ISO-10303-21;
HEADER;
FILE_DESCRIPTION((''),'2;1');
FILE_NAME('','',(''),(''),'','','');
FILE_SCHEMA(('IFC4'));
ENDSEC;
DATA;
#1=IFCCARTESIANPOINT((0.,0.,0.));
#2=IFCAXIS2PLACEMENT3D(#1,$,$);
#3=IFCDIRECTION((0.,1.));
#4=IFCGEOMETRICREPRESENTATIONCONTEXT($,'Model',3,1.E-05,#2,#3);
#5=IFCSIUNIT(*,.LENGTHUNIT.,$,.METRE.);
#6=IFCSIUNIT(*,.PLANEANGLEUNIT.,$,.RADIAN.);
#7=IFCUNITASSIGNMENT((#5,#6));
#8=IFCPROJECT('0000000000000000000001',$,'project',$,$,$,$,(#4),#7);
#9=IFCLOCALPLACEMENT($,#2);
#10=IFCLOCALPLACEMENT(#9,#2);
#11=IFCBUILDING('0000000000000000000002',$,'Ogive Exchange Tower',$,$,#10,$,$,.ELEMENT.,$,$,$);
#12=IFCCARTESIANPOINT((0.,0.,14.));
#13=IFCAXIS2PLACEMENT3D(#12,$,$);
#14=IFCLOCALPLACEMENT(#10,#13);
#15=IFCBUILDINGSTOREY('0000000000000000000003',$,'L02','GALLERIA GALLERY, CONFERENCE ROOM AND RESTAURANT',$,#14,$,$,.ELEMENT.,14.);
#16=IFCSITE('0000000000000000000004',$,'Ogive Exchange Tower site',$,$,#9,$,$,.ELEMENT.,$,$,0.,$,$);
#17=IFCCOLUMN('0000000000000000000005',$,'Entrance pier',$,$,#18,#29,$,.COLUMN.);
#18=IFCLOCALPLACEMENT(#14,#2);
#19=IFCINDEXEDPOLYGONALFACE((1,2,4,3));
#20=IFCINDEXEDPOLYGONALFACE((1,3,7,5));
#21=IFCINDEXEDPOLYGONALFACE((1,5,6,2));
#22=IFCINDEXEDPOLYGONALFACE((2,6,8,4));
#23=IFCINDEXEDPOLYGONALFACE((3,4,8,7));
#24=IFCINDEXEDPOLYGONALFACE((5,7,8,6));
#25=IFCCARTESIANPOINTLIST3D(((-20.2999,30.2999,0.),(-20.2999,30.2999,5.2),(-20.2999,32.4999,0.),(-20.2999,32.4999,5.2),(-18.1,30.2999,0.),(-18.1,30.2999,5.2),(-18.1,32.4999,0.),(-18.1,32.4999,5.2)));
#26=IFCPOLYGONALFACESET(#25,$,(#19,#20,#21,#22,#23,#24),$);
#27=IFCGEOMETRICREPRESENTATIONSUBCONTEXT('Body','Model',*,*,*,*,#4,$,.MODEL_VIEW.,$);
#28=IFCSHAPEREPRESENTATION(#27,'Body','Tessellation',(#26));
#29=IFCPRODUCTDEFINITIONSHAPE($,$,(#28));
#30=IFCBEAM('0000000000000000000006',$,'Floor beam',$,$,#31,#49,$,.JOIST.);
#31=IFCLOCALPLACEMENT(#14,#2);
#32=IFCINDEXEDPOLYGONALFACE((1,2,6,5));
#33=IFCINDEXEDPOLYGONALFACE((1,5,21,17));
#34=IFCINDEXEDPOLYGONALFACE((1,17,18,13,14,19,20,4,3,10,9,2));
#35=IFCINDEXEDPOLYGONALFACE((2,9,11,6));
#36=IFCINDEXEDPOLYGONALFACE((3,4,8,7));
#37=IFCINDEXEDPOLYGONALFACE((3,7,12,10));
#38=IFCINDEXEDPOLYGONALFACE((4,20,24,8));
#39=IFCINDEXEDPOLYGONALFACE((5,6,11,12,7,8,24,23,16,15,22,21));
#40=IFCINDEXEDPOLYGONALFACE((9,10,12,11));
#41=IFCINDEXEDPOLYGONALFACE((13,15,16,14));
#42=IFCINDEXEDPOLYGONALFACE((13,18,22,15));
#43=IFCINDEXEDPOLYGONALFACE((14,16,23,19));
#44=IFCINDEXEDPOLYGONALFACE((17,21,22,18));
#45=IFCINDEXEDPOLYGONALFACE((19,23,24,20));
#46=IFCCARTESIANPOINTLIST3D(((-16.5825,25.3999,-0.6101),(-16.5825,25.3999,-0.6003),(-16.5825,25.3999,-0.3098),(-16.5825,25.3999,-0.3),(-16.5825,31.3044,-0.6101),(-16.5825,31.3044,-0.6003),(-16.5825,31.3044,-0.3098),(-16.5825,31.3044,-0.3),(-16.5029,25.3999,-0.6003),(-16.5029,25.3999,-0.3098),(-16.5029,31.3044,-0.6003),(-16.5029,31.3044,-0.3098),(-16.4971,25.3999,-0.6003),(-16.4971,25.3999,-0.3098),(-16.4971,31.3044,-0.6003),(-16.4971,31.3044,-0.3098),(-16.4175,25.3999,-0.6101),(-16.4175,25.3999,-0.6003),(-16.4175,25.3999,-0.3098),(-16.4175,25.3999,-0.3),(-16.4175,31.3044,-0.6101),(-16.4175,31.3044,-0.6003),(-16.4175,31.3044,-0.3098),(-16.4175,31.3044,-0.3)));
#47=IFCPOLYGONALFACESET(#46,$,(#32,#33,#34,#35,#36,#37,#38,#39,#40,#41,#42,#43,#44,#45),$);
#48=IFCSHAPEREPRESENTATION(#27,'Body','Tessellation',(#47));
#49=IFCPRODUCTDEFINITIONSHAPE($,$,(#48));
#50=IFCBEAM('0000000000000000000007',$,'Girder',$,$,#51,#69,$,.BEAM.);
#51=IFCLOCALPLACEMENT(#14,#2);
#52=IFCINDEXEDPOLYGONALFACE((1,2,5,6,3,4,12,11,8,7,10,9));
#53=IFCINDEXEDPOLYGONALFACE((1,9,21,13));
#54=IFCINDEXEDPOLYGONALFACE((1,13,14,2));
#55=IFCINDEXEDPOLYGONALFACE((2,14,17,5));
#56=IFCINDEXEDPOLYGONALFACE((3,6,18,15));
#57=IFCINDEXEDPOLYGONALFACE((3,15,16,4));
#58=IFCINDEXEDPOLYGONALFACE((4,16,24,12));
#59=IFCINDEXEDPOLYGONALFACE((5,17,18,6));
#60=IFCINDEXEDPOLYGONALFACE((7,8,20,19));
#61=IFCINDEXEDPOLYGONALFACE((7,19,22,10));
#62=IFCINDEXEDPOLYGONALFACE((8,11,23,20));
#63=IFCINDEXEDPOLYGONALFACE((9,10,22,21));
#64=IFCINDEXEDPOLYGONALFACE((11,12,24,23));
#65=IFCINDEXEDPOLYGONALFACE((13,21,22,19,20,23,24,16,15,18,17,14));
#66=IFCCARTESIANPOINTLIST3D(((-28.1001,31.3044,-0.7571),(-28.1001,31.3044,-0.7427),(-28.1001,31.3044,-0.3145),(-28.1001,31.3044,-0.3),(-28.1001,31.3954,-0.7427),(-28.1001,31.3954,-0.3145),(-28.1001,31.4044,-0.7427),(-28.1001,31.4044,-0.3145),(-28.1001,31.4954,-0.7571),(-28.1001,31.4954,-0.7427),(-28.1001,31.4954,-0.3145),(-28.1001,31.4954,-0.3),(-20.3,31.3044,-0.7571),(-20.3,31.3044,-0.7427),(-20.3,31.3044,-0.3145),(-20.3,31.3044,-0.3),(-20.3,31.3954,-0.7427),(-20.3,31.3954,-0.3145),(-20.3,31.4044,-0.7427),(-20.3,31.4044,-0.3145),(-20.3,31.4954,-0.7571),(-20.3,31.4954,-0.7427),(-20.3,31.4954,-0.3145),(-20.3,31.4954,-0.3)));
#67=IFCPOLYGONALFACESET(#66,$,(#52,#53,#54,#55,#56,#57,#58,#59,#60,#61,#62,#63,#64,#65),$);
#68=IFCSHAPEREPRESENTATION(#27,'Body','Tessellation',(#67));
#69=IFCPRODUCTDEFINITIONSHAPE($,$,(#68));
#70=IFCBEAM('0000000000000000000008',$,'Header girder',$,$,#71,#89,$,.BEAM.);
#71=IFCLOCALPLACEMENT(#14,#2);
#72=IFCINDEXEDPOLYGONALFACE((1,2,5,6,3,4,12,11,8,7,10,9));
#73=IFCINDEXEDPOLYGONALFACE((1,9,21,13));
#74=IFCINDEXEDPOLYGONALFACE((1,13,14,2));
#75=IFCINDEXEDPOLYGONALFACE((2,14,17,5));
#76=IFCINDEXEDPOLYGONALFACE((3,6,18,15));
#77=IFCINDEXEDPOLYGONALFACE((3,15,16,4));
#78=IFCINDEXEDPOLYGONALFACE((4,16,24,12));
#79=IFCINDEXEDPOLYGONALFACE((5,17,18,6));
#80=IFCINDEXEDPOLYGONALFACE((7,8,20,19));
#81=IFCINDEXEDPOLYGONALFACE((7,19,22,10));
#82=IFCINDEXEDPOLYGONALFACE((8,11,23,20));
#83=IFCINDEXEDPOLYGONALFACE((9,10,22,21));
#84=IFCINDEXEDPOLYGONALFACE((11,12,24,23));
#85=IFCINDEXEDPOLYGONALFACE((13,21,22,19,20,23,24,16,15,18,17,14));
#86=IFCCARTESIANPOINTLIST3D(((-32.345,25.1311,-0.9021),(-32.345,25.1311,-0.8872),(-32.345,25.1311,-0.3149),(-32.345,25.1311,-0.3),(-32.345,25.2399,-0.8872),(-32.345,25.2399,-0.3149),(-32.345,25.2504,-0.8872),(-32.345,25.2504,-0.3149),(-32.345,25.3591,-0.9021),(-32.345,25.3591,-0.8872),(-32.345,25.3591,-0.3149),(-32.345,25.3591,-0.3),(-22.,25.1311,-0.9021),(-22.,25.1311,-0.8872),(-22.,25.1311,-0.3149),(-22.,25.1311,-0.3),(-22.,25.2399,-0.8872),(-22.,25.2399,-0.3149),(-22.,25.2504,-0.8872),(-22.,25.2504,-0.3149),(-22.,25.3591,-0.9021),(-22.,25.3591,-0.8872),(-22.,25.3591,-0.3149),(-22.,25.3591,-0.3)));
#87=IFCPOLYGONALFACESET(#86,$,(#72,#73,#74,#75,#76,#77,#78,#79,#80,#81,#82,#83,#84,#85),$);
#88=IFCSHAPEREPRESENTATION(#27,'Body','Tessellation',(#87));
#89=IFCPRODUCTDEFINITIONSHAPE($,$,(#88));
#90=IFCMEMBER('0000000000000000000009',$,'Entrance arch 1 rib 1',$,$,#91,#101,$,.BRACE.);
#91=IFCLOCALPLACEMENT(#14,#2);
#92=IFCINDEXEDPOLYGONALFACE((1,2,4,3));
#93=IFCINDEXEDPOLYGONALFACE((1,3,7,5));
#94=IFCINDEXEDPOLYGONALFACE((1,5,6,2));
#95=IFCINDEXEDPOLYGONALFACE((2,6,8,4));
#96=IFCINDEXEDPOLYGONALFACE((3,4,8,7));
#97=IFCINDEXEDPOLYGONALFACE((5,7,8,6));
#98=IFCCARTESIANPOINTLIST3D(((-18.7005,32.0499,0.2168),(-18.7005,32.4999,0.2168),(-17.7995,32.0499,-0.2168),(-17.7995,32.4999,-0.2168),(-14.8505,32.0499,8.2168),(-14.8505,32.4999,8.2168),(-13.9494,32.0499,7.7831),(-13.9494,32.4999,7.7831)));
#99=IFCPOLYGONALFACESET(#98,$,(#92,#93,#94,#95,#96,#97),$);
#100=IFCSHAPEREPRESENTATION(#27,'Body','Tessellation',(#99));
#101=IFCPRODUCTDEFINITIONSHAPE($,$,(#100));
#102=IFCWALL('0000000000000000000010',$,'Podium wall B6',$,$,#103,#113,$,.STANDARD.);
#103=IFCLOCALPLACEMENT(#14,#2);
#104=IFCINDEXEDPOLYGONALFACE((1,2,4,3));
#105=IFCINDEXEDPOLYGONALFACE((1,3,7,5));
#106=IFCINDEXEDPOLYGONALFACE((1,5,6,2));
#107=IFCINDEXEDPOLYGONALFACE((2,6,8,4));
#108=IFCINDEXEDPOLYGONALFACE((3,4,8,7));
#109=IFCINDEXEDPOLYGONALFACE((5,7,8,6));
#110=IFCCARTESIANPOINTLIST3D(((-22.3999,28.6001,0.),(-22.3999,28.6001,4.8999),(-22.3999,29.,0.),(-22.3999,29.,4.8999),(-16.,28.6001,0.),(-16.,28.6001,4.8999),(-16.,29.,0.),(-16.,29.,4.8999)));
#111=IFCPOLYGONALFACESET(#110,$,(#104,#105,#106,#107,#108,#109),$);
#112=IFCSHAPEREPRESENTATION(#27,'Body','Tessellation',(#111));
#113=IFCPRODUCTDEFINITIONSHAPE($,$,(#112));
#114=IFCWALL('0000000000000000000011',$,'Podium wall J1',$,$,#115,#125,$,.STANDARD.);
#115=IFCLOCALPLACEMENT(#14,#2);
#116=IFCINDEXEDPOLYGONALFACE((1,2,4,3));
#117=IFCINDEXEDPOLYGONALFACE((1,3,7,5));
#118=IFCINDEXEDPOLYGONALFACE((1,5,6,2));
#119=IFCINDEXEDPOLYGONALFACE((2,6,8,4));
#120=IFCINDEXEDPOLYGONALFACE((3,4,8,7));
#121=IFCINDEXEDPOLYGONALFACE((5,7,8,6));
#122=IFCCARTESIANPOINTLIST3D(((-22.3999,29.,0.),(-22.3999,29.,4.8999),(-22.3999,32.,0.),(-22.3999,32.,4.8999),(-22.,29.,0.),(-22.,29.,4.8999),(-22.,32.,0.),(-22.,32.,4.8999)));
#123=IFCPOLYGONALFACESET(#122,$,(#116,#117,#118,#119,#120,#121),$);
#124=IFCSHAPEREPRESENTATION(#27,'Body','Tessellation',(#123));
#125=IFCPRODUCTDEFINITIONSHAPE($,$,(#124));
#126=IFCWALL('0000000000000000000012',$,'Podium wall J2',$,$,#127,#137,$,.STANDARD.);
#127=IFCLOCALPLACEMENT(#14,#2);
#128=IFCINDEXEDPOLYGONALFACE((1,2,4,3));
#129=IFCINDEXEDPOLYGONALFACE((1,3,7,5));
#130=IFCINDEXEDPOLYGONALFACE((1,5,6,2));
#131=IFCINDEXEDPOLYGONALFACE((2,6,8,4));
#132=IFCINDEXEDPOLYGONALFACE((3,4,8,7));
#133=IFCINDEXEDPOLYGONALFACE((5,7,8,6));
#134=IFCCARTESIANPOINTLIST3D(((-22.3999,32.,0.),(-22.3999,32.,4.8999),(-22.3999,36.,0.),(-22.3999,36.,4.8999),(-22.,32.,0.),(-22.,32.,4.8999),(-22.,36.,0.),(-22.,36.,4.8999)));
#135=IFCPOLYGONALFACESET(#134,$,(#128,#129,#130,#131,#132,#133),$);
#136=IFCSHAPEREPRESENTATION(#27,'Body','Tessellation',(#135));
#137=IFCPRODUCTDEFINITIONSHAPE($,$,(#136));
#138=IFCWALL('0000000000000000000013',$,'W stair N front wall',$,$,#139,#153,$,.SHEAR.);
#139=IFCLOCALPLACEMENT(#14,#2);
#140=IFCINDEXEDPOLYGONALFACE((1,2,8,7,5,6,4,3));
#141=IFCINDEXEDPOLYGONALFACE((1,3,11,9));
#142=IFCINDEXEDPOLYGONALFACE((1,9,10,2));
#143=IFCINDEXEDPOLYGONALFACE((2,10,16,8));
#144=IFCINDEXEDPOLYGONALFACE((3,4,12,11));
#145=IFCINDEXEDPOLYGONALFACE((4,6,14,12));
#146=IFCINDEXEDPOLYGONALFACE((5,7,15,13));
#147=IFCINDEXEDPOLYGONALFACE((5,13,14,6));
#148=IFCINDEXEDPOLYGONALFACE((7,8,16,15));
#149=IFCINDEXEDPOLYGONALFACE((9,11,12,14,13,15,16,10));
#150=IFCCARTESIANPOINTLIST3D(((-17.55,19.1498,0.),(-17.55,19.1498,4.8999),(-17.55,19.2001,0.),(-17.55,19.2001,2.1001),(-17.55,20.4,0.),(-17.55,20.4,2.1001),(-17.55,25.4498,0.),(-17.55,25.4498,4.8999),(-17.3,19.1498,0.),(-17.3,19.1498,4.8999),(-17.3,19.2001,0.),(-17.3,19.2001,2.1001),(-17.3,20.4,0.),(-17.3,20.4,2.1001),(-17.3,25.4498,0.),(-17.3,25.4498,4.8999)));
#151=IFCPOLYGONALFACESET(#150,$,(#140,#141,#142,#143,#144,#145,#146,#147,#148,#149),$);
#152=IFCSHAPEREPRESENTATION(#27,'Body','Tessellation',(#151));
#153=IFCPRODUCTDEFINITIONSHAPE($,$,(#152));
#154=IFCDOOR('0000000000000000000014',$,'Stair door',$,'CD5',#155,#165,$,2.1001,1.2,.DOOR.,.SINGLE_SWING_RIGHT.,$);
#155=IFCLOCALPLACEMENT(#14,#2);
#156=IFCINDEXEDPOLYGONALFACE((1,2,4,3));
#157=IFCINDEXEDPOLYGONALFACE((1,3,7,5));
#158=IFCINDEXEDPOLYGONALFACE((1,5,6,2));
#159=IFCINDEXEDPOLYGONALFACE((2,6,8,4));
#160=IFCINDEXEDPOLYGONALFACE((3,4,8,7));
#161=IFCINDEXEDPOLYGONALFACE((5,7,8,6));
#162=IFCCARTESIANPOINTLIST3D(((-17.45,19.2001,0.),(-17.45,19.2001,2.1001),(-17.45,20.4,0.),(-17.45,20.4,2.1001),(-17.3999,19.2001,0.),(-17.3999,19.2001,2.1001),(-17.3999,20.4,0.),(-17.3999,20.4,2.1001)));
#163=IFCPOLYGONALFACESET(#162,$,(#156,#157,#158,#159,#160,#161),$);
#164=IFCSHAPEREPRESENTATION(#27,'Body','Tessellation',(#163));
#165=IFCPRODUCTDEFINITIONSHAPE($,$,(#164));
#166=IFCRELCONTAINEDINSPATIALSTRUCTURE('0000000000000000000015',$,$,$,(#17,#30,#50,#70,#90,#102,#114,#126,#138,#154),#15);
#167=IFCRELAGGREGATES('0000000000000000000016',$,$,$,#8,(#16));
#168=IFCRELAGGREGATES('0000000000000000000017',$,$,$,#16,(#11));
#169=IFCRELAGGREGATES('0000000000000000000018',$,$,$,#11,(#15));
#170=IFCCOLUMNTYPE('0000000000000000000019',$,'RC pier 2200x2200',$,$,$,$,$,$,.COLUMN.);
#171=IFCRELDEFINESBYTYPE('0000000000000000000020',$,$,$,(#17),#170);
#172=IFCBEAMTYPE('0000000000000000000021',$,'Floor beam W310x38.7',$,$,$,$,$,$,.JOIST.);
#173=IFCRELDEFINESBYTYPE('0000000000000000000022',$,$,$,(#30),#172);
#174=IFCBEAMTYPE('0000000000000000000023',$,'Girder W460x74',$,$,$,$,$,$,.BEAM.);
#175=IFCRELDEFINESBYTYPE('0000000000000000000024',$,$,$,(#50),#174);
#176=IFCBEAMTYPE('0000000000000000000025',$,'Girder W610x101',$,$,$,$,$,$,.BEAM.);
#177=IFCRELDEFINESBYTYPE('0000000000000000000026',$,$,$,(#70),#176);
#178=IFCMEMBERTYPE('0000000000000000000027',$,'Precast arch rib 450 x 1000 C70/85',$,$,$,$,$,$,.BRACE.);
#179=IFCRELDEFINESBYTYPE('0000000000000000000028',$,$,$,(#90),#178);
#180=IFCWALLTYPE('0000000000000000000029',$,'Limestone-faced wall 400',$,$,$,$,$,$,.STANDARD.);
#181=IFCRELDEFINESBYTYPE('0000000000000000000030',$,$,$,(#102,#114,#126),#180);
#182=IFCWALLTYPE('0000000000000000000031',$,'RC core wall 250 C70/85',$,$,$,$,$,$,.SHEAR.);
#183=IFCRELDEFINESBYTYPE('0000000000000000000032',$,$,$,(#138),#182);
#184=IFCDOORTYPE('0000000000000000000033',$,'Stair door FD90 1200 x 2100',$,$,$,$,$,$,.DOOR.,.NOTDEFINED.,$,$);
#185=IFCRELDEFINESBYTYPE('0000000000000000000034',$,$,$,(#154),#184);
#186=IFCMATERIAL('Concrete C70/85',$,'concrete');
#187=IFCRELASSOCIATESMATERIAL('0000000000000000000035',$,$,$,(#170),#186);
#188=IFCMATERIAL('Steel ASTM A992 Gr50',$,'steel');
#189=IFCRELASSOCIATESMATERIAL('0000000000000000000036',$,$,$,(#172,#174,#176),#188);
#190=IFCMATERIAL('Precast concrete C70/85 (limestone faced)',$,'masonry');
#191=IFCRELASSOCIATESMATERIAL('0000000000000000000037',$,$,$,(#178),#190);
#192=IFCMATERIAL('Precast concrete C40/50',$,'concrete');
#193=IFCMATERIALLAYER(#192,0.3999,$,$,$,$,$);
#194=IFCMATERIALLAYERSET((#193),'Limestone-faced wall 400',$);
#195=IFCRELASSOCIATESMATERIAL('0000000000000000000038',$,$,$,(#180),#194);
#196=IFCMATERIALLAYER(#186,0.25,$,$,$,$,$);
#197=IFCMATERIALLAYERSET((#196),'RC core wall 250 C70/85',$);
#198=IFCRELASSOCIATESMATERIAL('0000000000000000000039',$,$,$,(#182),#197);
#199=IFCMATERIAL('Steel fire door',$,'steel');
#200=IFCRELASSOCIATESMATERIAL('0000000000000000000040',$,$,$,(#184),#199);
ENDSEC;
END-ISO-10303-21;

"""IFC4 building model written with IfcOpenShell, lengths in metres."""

from ifc_helpers import new_model, si_unit, direction, frame, frame_2d, origin, origin_2d, place, context, subcontext, project, spatial, rectangle, i_section, extrude, material, layer, layer_set, material_profile, profile_set, type_object, element, fill, save


model = new_model("IFC4")

# Units and contexts
model_context = context("Model", 3, precision=1e-05, world=origin(), true_north=direction((0.0, 1.0)))
body_context = subcontext(model_context, "Body", "Model", "MODEL_VIEW")
ifc_project = project(units=[si_unit("LENGTHUNIT", "METRE"), si_unit("PLANEANGLEUNIT", "RADIAN")], contexts=[model_context])

# Site, building, storey
site_placement = place(None, origin())
site = spatial("IfcSite", under=ifc_project, at=site_placement, Name="Ogive Exchange Tower site", CompositionType="ELEMENT", RefElevation=0.0)
building_placement = place(site_placement, origin())
building = spatial("IfcBuilding", under=site, at=building_placement, Name="Ogive Exchange Tower", CompositionType="ELEMENT")
storey_placement = place(building_placement, frame((0.0, 0.0, 14.0)))
storey = spatial("IfcBuildingStorey", under=building, at=storey_placement, Name="L02", Description="GALLERIA GALLERY, CONFERENCE ROOM AND RESTAURANT", CompositionType="ELEMENT", Elevation=14.0)

# Column
ifc_material_1 = material(Name="Concrete C70/85", Category="concrete")
ifc_material_profile_1 = material_profile(ifc_material_1, rectangle(XDim=2.2, YDim=2.2, at=origin_2d()), Name="RC 2200x2200")
ifc_profile_set_1 = profile_set([ifc_material_profile_1], Name="Concrete C70/85")
column_type = type_object("IfcColumnType", Name="RC pier 2200x2200", PredefinedType="COLUMN", material=ifc_profile_set_1)
column_placement = place(storey_placement, frame((-19.2, 31.3999, 0.0), z_axis=(0.0, 0.0, 1.0), x_axis=(1.0, 0.0, 0.0)))
element("IfcColumn", 1, at=column_placement, inside=storey, type_object=column_type, Name="Entrance pier", PredefinedType="COLUMN", context=body_context, shape_type="SweptSolid", body=[
    extrude(rectangle(XDim=2.2, YDim=2.2, at=origin_2d()), origin(), (0.0, 0.0, 1.0), 5.2),
])

# Beams
ifc_material_2 = material(Name="Steel ASTM A992 Gr50", Category="steel")
ifc_material_profile_2 = material_profile(ifc_material_2, i_section(OverallWidth=0.165, OverallDepth=0.3101, WebThickness=0.0059, FlangeThickness=0.0098, at=origin_2d()), Name="W310x38.7")
ifc_profile_set_2 = profile_set([ifc_material_profile_2], Name="Steel ASTM A992 Gr50")
beam_type_1 = type_object("IfcBeamType", Name="Floor beam W310x38.7", PredefinedType="JOIST", material=ifc_profile_set_2)
beam_1_placement = place(storey_placement, frame((-16.5, 25.3999, -0.4551), z_axis=(0.0, 1.0, 0.0), x_axis=(-1.0, 0.0, 0.0)))
element("IfcBeam", 2, at=beam_1_placement, inside=storey, type_object=beam_type_1, Name="Floor beam", PredefinedType="JOIST", context=body_context, shape_type="SweptSolid", body=[
    extrude(i_section(OverallWidth=0.165, OverallDepth=0.3101, WebThickness=0.0059, FlangeThickness=0.0098, at=origin_2d()), origin(), (0.0, 0.0, 1.0), 5.9045),
])
ifc_material_profile_3 = material_profile(ifc_material_2, i_section(OverallWidth=0.1909, OverallDepth=0.457, WebThickness=0.009, FlangeThickness=0.0144, at=origin_2d()), Name="W460x74")
ifc_profile_set_3 = profile_set([ifc_material_profile_3], Name="Steel ASTM A992 Gr50")
beam_type_2 = type_object("IfcBeamType", Name="Girder W460x74", PredefinedType="BEAM", material=ifc_profile_set_3)
beam_2_placement = place(storey_placement, frame((-20.3, 31.3999, -0.5286), z_axis=(-1.0, 0.0, 0.0), x_axis=(0.0, -1.0, 0.0)))
element("IfcBeam", 3, at=beam_2_placement, inside=storey, type_object=beam_type_2, Name="Girder", PredefinedType="BEAM", context=body_context, shape_type="SweptSolid", body=[
    extrude(i_section(OverallWidth=0.1909, OverallDepth=0.457, WebThickness=0.009, FlangeThickness=0.0144, at=origin_2d()), origin(), (0.0, 0.0, 1.0), 7.8),
])
ifc_material_profile_4 = material_profile(ifc_material_2, i_section(OverallWidth=0.228, OverallDepth=0.6021, WebThickness=0.0105, FlangeThickness=0.0149, at=origin_2d()), Name="W610x101")
ifc_profile_set_4 = profile_set([ifc_material_profile_4], Name="Steel ASTM A992 Gr50")
beam_type_3 = type_object("IfcBeamType", Name="Girder W610x101", PredefinedType="BEAM", material=ifc_profile_set_4)
beam_3_placement = place(storey_placement, frame((-22.0, 25.2451, -0.6011), z_axis=(-1.0, 0.0, 0.0), x_axis=(0.0, -1.0, 0.0)))
element("IfcBeam", 4, at=beam_3_placement, inside=storey, type_object=beam_type_3, Name="Header girder", PredefinedType="BEAM", context=body_context, shape_type="SweptSolid", body=[
    extrude(i_section(OverallWidth=0.228, OverallDepth=0.6021, WebThickness=0.0105, FlangeThickness=0.0149, at=origin_2d()), origin(), (0.0, 0.0, 1.0), 10.345),
])

# Member
ifc_material_3 = material(Name="Precast concrete C70/85 (limestone faced)", Category="masonry")
ifc_material_profile_5 = material_profile(ifc_material_3, rectangle(XDim=0.45, YDim=1.0, at=origin_2d()), Name="RIB 450 x 1000")
ifc_profile_set_5 = profile_set([ifc_material_profile_5], Name="Precast concrete C70/85 (limestone faced)")
member_type = type_object("IfcMemberType", Name="Precast arch rib 450 x 1000 C70/85", PredefinedType="BRACE", material=ifc_profile_set_5)
member_placement = place(storey_placement, frame((-18.25, 32.2749, 0.0), z_axis=(0.433655, 0.0, 0.901079), x_axis=(0.0, 1.0, 0.0)))
element("IfcMember", 5, at=member_placement, inside=storey, type_object=member_type, Name="Entrance arch 1 rib 1", PredefinedType="BRACE", context=body_context, shape_type="SweptSolid", body=[
    extrude(rectangle(XDim=0.45, YDim=1.0, at=origin_2d()), origin(), (0.0, 0.0, 1.0), 8.8782),
])

# Walls
ifc_material_4 = material(Name="Precast concrete C40/50", Category="concrete")
ifc_layer_1 = layer(ifc_material_4, 0.3999)
ifc_layer_set_1 = layer_set([ifc_layer_1], Name="Limestone-faced wall 400")
wall_type_1 = type_object("IfcWallType", Name="Limestone-faced wall 400", PredefinedType="STANDARD", material=ifc_layer_set_1)
wall_1_placement = place(storey_placement, frame((-16.0, 28.8, 0.0), z_axis=(0.0, 0.0, 1.0), x_axis=(-1.0, 0.0, 0.0)))
element("IfcWall", 6, at=wall_1_placement, inside=storey, type_object=wall_type_1, Name="Podium wall B6", PredefinedType="STANDARD", context=body_context, shape_type="SweptSolid", body=[
    extrude(rectangle(XDim=6.3999, YDim=0.3999, at=frame_2d((3.2, 0.0))), origin(), (0.0, 0.0, 1.0), 4.8999),
])
wall_2_placement = place(storey_placement, frame((-22.2, 29.0, 0.0), z_axis=(0.0, 0.0, 1.0), x_axis=(0.0, 1.0, 0.0)))
element("IfcWall", 7, at=wall_2_placement, inside=storey, type_object=wall_type_1, Name="Podium wall J1", PredefinedType="STANDARD", context=body_context, shape_type="SweptSolid", body=[
    extrude(rectangle(XDim=3.0, YDim=0.3999, at=frame_2d((1.5, 0.0))), origin(), (0.0, 0.0, 1.0), 4.8999),
])
wall_3_placement = place(storey_placement, frame((-22.2, 32.0, 0.0), z_axis=(0.0, 0.0, 1.0), x_axis=(0.0, 1.0, 0.0)))
element("IfcWall", 8, at=wall_3_placement, inside=storey, type_object=wall_type_1, Name="Podium wall J2", PredefinedType="STANDARD", context=body_context, shape_type="SweptSolid", body=[
    extrude(rectangle(XDim=4.0, YDim=0.3999, at=frame_2d((2.0, 0.0))), origin(), (0.0, 0.0, 1.0), 4.8999),
])

# Wall, opening, door
ifc_layer_2 = layer(ifc_material_1, 0.25)
ifc_layer_set_2 = layer_set([ifc_layer_2], Name="RC core wall 250 C70/85")
wall_type_2 = type_object("IfcWallType", Name="RC core wall 250 C70/85", PredefinedType="SHEAR", material=ifc_layer_set_2)
wall_4_placement = place(storey_placement, frame((-17.425, 19.1499, 0.0), z_axis=(0.0, 0.0, 1.0), x_axis=(0.0, 1.0, 0.0)))
wall_4 = element("IfcWall", 9, at=wall_4_placement, inside=storey, type_object=wall_type_2, Name="W stair N front wall", PredefinedType="SHEAR", context=body_context, shape_type="SweptSolid", body=[
    extrude(rectangle(XDim=6.3, YDim=0.25, at=frame_2d((3.1499, 0.0))), origin(), (0.0, 0.0, 1.0), 4.8999),
])
opening_placement = place(wall_4_placement, frame((0.05, 0.0, 0.0)))
opening = element("IfcOpeningElement", 10, at=opening_placement, cuts=wall_4, PredefinedType="OPENING", context=body_context, shape_type="SweptSolid", body=[
    extrude(rectangle(XDim=1.2, YDim=2.1001, at=frame_2d((0.6001, 1.05))), frame((0.0, 0.135, 0.0), z_axis=(0.0, -1.0, 0.0), x_axis=(1.0, 0.0, 0.0)), (0.0, 0.0, 1.0), 0.27),
])
ifc_material_5 = material(Name="Steel fire door", Category="steel")
door_type = type_object("IfcDoorType", Name="Stair door FD90 1200 x 2100", OperationType="NOTDEFINED", PredefinedType="DOOR", material=ifc_material_5)
door_placement = place(opening_placement, origin())
door = element("IfcDoor", 11, at=door_placement, inside=storey, type_object=door_type, Name="Stair door", ObjectType="CD5", OperationType="SINGLE_SWING_RIGHT", OverallHeight=2.1001, OverallWidth=1.2, PredefinedType="DOOR", context=body_context, shape_type="SweptSolid", body=[
    extrude(rectangle(XDim=1.2, YDim=2.1001, at=frame_2d((0.6001, 1.05))), frame((0.0, 0.0249, 0.0), z_axis=(0.0, -1.0, 0.0), x_axis=(1.0, 0.0, 0.0)), (0.0, 0.0, 1.0), 0.05),
])
fill(opening, door)

save(model, "model.ifc")
